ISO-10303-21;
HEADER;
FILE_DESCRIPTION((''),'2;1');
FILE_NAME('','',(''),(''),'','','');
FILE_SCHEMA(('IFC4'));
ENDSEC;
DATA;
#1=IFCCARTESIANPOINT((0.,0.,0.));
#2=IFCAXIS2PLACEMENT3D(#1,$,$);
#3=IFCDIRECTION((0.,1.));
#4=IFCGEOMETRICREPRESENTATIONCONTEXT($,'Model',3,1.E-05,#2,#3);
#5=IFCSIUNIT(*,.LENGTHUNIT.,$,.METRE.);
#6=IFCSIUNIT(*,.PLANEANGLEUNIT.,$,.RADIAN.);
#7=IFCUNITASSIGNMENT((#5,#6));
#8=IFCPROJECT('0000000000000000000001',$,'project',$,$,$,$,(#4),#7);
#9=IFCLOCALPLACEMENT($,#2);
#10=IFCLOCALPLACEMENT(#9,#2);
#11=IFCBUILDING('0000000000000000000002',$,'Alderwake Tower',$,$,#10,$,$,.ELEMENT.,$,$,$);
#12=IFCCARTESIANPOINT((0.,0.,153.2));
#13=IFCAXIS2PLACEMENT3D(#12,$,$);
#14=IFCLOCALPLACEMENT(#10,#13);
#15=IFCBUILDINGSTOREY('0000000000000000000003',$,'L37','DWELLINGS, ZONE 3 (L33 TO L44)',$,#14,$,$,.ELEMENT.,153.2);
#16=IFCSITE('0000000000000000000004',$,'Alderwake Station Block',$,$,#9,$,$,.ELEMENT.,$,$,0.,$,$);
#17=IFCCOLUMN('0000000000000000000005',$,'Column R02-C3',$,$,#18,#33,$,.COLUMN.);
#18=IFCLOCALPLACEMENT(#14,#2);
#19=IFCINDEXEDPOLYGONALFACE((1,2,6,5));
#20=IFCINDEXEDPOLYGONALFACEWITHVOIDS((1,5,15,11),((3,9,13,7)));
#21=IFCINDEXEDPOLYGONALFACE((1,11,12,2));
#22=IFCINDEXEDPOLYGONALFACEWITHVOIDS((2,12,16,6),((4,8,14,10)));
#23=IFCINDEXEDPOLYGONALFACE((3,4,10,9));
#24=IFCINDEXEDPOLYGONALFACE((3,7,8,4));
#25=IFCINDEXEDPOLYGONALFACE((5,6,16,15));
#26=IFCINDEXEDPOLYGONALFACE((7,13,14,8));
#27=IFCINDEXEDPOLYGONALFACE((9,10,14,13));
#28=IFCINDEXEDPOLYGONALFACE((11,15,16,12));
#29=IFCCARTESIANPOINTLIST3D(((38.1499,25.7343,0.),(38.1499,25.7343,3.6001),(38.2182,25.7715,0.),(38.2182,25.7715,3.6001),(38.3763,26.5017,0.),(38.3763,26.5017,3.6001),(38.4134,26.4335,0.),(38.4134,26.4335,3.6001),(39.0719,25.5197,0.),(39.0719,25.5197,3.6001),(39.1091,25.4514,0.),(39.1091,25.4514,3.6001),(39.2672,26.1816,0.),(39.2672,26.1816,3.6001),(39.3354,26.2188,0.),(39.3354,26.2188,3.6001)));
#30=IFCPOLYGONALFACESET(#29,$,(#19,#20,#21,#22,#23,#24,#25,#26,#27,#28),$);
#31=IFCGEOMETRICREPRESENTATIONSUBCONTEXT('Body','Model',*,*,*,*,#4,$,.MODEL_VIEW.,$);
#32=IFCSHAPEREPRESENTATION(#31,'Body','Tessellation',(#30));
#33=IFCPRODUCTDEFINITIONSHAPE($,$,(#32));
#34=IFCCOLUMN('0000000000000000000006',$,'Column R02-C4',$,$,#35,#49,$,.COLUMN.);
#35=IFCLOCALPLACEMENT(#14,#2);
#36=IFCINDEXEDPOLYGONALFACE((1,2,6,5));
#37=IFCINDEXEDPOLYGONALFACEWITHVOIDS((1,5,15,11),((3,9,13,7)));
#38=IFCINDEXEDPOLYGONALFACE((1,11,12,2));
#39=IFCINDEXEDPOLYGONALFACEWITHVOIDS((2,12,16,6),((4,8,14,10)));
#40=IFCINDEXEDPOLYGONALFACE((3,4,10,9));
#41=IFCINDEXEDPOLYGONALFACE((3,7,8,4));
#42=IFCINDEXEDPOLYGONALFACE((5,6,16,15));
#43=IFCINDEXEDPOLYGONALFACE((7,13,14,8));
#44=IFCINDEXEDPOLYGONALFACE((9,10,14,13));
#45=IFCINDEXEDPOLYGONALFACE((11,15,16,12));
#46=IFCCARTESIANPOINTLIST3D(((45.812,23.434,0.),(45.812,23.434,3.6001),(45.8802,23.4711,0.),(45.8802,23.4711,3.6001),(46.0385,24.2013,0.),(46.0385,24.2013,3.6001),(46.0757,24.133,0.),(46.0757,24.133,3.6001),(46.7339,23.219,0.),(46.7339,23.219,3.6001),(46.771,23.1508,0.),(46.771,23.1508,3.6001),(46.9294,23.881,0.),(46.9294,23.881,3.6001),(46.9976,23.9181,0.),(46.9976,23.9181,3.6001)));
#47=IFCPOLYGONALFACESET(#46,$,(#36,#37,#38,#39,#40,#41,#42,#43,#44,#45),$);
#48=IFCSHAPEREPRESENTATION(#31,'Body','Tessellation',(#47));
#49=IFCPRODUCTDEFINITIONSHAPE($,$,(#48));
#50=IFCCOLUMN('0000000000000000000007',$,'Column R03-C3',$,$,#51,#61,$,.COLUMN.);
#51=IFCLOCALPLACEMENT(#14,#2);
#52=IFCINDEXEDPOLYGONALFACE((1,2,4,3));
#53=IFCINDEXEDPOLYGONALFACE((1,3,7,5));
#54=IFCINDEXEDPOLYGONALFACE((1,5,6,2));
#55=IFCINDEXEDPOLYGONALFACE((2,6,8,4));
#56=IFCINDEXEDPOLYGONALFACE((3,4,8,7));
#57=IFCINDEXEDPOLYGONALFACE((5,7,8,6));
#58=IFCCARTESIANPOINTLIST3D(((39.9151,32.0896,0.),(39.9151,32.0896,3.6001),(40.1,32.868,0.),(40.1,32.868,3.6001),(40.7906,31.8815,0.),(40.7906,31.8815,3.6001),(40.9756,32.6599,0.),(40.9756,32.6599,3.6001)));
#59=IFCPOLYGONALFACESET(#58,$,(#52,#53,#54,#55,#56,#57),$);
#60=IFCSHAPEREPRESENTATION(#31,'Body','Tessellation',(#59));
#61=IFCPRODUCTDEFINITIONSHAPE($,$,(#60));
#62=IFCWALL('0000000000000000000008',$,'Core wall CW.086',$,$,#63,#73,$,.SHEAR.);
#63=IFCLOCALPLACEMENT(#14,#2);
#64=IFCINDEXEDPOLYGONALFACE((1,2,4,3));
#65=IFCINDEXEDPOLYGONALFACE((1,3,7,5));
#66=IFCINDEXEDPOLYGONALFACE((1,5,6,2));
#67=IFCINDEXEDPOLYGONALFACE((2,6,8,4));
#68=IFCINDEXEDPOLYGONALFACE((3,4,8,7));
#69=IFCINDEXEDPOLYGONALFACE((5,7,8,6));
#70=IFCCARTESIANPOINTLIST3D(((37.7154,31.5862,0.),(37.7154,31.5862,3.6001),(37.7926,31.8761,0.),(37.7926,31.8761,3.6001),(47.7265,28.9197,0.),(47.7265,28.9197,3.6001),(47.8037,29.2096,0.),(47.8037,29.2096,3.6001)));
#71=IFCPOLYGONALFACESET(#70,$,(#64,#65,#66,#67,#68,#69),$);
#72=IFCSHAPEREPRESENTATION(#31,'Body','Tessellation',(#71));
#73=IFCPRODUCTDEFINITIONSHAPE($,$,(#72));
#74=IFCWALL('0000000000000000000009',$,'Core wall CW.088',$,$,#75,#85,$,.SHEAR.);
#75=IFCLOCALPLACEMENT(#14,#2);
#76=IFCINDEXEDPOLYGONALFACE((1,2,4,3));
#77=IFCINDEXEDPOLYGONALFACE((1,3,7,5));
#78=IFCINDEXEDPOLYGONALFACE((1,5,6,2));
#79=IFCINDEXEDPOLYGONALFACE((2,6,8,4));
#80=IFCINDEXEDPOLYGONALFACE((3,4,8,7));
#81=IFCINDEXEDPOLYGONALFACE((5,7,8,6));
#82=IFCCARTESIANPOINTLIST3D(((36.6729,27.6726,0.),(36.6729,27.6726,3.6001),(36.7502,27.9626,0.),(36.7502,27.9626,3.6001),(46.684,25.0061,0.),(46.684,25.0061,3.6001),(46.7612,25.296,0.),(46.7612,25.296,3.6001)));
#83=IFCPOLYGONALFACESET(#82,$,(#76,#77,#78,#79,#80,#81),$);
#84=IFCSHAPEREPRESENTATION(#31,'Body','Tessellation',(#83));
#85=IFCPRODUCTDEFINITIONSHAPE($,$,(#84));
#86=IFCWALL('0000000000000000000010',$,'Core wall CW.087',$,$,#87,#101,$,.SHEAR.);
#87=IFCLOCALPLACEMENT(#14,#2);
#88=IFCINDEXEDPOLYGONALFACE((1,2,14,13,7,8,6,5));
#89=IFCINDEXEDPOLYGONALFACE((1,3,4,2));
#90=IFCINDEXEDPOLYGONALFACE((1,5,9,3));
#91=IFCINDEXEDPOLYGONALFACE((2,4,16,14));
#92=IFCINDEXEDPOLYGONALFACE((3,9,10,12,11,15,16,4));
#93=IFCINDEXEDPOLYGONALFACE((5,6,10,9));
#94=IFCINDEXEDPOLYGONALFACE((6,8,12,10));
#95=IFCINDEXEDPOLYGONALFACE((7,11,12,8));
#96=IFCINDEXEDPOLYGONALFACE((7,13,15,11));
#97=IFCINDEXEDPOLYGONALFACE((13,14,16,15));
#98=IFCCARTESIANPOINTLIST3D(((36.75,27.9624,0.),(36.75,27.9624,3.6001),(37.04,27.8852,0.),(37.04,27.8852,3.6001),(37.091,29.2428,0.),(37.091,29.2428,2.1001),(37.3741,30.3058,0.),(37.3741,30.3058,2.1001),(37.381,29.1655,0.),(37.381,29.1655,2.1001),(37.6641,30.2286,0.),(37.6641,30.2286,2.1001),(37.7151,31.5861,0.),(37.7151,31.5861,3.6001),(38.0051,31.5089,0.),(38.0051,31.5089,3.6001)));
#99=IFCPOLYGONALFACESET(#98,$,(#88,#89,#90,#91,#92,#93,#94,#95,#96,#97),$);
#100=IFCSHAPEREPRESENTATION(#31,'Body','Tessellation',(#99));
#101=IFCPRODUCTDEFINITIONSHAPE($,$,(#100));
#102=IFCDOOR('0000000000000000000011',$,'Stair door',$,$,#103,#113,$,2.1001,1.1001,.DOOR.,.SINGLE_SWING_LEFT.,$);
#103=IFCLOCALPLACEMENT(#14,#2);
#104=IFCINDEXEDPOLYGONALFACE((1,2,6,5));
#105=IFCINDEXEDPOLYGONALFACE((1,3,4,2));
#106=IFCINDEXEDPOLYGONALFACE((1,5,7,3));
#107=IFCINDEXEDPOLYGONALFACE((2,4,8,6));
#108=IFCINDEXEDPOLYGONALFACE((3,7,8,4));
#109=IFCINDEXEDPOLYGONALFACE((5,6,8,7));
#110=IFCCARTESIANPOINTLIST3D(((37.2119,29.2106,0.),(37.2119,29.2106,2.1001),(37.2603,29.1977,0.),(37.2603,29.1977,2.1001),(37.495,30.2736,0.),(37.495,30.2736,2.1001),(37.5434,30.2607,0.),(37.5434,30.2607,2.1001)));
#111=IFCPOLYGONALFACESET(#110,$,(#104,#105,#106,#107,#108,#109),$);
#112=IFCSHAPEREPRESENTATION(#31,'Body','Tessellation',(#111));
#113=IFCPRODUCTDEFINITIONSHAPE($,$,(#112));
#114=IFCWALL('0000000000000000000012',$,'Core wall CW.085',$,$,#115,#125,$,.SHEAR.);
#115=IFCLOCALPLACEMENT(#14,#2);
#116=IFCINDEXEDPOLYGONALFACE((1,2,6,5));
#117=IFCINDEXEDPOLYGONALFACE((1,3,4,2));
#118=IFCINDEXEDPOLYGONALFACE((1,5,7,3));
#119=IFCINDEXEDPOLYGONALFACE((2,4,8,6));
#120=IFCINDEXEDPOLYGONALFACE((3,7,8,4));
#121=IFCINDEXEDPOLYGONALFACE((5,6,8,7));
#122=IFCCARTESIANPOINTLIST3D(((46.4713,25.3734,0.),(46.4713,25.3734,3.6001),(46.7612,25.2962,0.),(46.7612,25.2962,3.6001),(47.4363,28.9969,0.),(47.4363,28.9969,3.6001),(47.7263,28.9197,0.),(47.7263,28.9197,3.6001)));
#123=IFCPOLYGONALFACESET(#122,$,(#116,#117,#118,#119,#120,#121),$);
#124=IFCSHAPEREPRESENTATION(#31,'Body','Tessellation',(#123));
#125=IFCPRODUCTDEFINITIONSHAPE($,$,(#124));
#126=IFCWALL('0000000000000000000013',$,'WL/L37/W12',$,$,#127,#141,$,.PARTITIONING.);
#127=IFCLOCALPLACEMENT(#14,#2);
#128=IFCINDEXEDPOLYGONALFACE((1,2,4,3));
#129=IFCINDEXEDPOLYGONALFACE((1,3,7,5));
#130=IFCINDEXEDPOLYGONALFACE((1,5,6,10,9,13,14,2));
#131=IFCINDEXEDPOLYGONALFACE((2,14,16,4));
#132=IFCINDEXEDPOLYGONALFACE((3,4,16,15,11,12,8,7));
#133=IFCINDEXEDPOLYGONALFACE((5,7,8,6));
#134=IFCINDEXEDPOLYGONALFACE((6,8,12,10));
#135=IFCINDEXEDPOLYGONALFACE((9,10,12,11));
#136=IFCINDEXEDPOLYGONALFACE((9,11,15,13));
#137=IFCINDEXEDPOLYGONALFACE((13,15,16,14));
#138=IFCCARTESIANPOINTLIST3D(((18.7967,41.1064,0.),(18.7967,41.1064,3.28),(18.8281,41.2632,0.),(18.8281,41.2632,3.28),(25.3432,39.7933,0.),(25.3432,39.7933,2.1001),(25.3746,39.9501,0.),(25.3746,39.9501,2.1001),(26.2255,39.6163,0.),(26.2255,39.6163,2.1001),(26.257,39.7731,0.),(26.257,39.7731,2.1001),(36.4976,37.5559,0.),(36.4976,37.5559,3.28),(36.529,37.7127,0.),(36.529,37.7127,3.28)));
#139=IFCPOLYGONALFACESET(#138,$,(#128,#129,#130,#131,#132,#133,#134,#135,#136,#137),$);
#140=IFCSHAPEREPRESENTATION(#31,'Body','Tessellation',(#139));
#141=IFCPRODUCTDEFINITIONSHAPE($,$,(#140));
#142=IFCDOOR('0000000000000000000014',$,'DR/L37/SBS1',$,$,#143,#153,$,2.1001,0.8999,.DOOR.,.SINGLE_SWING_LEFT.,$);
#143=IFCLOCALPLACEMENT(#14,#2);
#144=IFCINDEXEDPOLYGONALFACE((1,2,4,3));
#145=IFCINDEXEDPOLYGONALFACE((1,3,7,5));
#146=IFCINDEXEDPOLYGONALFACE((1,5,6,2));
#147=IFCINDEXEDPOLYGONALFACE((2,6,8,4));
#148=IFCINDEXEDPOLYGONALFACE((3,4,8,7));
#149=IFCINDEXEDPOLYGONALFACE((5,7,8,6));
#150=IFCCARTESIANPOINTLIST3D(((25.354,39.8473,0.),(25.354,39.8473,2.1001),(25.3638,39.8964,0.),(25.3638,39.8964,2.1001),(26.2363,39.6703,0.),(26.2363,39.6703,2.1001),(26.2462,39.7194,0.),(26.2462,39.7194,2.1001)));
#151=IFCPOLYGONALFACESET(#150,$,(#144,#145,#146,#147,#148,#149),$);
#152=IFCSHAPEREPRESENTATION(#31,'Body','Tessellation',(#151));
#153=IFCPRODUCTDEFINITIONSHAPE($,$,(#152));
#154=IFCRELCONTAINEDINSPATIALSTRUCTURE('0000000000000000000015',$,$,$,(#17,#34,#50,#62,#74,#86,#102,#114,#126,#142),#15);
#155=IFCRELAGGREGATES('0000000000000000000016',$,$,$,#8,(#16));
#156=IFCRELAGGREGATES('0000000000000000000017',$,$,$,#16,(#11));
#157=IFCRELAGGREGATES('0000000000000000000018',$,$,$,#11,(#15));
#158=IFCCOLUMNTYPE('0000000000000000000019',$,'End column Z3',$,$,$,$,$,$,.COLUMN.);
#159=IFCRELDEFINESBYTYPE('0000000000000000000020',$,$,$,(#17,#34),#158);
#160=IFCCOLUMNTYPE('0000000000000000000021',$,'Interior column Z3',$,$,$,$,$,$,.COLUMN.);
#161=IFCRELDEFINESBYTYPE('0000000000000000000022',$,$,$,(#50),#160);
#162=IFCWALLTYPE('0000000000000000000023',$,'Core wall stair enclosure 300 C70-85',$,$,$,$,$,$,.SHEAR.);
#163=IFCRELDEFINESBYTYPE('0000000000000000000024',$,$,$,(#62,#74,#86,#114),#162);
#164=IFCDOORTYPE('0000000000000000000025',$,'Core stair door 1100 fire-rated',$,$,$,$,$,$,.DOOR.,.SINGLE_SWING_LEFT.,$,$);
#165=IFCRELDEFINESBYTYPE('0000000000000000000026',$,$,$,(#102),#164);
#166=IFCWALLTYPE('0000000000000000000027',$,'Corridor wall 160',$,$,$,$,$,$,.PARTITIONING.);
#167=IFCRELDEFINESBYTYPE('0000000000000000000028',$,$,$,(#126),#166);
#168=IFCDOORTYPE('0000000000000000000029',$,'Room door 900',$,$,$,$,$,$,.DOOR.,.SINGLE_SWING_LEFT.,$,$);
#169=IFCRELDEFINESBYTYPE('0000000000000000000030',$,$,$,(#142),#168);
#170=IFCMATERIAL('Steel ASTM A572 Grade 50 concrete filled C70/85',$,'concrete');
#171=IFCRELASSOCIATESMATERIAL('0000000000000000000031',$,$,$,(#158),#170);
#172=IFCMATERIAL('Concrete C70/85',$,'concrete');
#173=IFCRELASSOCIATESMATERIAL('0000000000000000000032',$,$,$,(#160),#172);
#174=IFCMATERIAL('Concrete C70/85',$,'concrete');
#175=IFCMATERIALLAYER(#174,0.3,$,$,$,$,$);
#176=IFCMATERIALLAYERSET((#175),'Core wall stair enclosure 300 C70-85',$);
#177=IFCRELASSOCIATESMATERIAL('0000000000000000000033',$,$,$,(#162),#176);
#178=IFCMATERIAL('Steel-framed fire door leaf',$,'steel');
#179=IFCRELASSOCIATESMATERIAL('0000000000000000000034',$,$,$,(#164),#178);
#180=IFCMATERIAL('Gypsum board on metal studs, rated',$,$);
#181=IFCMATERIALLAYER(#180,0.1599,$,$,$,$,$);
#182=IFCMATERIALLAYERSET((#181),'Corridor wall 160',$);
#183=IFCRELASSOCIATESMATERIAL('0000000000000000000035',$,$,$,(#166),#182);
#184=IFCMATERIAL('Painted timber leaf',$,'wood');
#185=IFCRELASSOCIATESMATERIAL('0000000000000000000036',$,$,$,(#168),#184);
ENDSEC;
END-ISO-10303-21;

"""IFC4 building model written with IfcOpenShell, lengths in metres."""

from ifc_helpers import new_model, si_unit, direction, frame, frame_2d, origin, origin_2d, place, context, subcontext, project, spatial, rectangle, hollow_rectangle, extrude, material, layer, layer_set, material_profile, profile_set, type_object, element, fill, save


model = new_model("IFC4")

# Units and contexts
model_context = context("Model", 3, precision=1e-05, world=origin(), true_north=direction((0.0, 1.0)))
body_context = subcontext(model_context, "Body", "Model", "MODEL_VIEW")
ifc_project = project(units=[si_unit("LENGTHUNIT", "METRE"), si_unit("PLANEANGLEUNIT", "RADIAN")], contexts=[model_context])

# Site, building, storey
site_placement = place(None, origin())
site = spatial("IfcSite", under=ifc_project, at=site_placement, Name="Alderwake Station Block", CompositionType="ELEMENT", RefElevation=0.0)
building_placement = place(site_placement, origin())
building = spatial("IfcBuilding", under=site, at=building_placement, Name="Alderwake Tower", CompositionType="ELEMENT")
storey_placement = place(building_placement, frame((0.0, 0.0, 153.2)))
storey = spatial("IfcBuildingStorey", under=building, at=storey_placement, Name="L37", Description="DWELLINGS, ZONE 3 (L33 TO L44)", CompositionType="ELEMENT", Elevation=153.2)

# Columns
ifc_material_1 = material(Name="Steel ASTM A572 Grade 50 concrete filled C70/85", Category="concrete")
ifc_material_profile_1 = material_profile(ifc_material_1, hollow_rectangle(XDim=0.8, YDim=1.0, WallThickness=0.0549, at=origin_2d()), Name="BOX 1000X800X55")
ifc_profile_set_1 = profile_set([ifc_material_profile_1], Name="Steel ASTM A572 Grade 50 concrete filled C70/85")
column_type_1 = type_object("IfcColumnType", Name="End column Z3", PredefinedType="COLUMN", material=ifc_profile_set_1)
for number, where, z_axis, x_axis, name in (
    (1, (38.7427, 25.9766, 0.0), (0.0, 0.0, 1.0), (0.282904, 0.959148, 0.0), "Column R02-C3"),
    (2, (46.4048, 23.676, 0.0), (0.0, 0.0, 1.0), (0.283185, 0.959065, 0.0), "Column R02-C4"),
):
    element("IfcColumn", number, at=place(storey_placement, frame(where, z_axis=z_axis, x_axis=x_axis)), inside=storey, type_object=column_type_1, Name=name, PredefinedType="COLUMN", context=body_context, shape_type="SweptSolid", body=[
        extrude(hollow_rectangle(XDim=0.8, YDim=1.0, WallThickness=0.0549, at=origin_2d()), origin(), (0.0, 0.0, 1.0), 3.6001),
    ])
ifc_material_2 = material(Name="Concrete C70/85", Category="concrete")
ifc_material_profile_2 = material_profile(ifc_material_2, rectangle(XDim=0.8, YDim=0.8999, at=origin_2d()), Name="RC 900X800")
ifc_profile_set_2 = profile_set([ifc_material_profile_2], Name="Concrete C70/85")
column_type_2 = type_object("IfcColumnType", Name="Interior column Z3", PredefinedType="COLUMN", material=ifc_profile_set_2)
column_placement = place(storey_placement, frame((40.4453, 32.3748, 0.0), z_axis=(0.0, 0.0, 1.0), x_axis=(0.231222, 0.972901, 0.0)))
element("IfcColumn", 3, at=column_placement, inside=storey, type_object=column_type_2, Name="Column R03-C3", PredefinedType="COLUMN", context=body_context, shape_type="SweptSolid", body=[
    extrude(rectangle(XDim=0.8, YDim=0.8999, at=origin_2d()), origin(), (0.0, 0.0, 1.0), 3.6001),
])

# Walls
ifc_material_3 = material(Name="Concrete C70/85", Category="concrete")
ifc_layer_1 = layer(ifc_material_3, 0.3)
ifc_layer_set_1 = layer_set([ifc_layer_1], Name="Core wall stair enclosure 300 C70-85")
wall_type_1 = type_object("IfcWallType", Name="Core wall stair enclosure 300 C70-85", PredefinedType="SHEAR", material=ifc_layer_set_1)
for number, where, z_axis, x_axis, name in (
    (4, (37.7539, 31.7312, 0.0), (0.0, 0.0, 1.0), (0.966309, -0.257384, 0.0), "Core wall CW.086"),
    (5, (36.7114, 27.8176, 0.0), (0.0, 0.0, 1.0), (0.966309, -0.257384, 0.0), "Core wall CW.088"),
):
    element("IfcWall", number, at=place(storey_placement, frame(where, z_axis=z_axis, x_axis=x_axis)), inside=storey, type_object=wall_type_1, Name=name, PredefinedType="SHEAR", context=body_context, shape_type="SweptSolid", body=[
        extrude(rectangle(XDim=10.3601, YDim=0.3, at=frame_2d((5.1802, 0.0))), origin(), (0.0, 0.0, 1.0), 3.6001),
    ])

# Wall, opening, door
wall_1_placement = place(storey_placement, frame((36.895, 27.9238, 0.0), z_axis=(0.0, 0.0, 1.0), x_axis=(0.257351, 0.966318, 0.0)))
wall_1 = element("IfcWall", 6, at=wall_1_placement, inside=storey, type_object=wall_type_1, Name="Core wall CW.087", PredefinedType="SHEAR", context=body_context, shape_type="SweptSolid", body=[
    extrude(rectangle(XDim=3.75, YDim=0.3, at=frame_2d((1.875, 0.0))), origin(), (0.0, 0.0, 1.0), 3.6001),
])
opening_1_placement = place(wall_1_placement, frame((1.325, 0.0, 0.0)))
opening_1 = element("IfcOpeningElement", 7, at=opening_1_placement, cuts=wall_1, PredefinedType="OPENING", context=body_context, shape_type="SweptSolid", body=[
    extrude(rectangle(XDim=1.1001, YDim=2.1001, at=frame_2d((0.55, 1.05))), frame((0.0, 0.1599, 0.0), z_axis=(0.0, -1.0, 0.0), x_axis=(1.0, 0.0, 0.0)), (0.0, 0.0, 1.0), 0.3201),
])
ifc_material_4 = material(Name="Steel-framed fire door leaf", Category="steel")
door_type_1 = type_object("IfcDoorType", Name="Core stair door 1100 fire-rated", OperationType="SINGLE_SWING_LEFT", PredefinedType="DOOR", material=ifc_material_4)
door_1_placement = place(opening_1_placement, origin())
door_1 = element("IfcDoor", 8, at=door_1_placement, inside=storey, type_object=door_type_1, Name="Stair door", OperationType="SINGLE_SWING_LEFT", OverallHeight=2.1001, OverallWidth=1.1001, PredefinedType="DOOR", context=body_context, shape_type="SweptSolid", body=[
    extrude(rectangle(XDim=1.1001, YDim=2.1001, at=frame_2d((0.55, 1.05))), frame((0.0, 0.0249, 0.0), z_axis=(0.0, -1.0, 0.0), x_axis=(1.0, 0.0, 0.0)), (0.0, 0.0, 1.0), 0.05),
])
fill(opening_1, door_1)

# Wall
wall_2_placement = place(storey_placement, frame((46.6162, 25.3347, 0.0), z_axis=(0.0, 0.0, 1.0), x_axis=(0.257367, 0.966314, 0.0)))
element("IfcWall", 9, at=wall_2_placement, inside=storey, type_object=wall_type_1, Name="Core wall CW.085", PredefinedType="SHEAR", context=body_context, shape_type="SweptSolid", body=[
    extrude(rectangle(XDim=3.7498, YDim=0.3, at=frame_2d((1.875, 0.0))), origin(), (0.0, 0.0, 1.0), 3.6001),
])

# Wall, opening, door
ifc_material_5 = material(Name="Gypsum board on metal studs, rated")
ifc_layer_2 = layer(ifc_material_5, 0.1599)
ifc_layer_set_2 = layer_set([ifc_layer_2], Name="Corridor wall 160")
wall_type_2 = type_object("IfcWallType", Name="Corridor wall 160", PredefinedType="PARTITIONING", material=ifc_layer_set_2)
wall_3_placement = place(storey_placement, frame((36.5134, 37.6343, 0.0), z_axis=(0.0, 0.0, 1.0), x_axis=(-0.98047, 0.196667, 0.0)))
wall_3 = element("IfcWall", 10, at=wall_3_placement, inside=storey, type_object=wall_type_2, Name="WL/L37/W12", PredefinedType="PARTITIONING", context=body_context, shape_type="SweptSolid", body=[
    extrude(rectangle(XDim=18.0535, YDim=0.1599, at=frame_2d((9.0269, 0.0))), origin(), (0.0, 0.0, 1.0), 3.28),
])
opening_2_placement = place(wall_3_placement, frame((10.4768, 0.0, 0.0)))
opening_2 = element("IfcOpeningElement", 11, at=opening_2_placement, cuts=wall_3, PredefinedType="OPENING", context=body_context, shape_type="SweptSolid", body=[
    extrude(rectangle(XDim=0.8999, YDim=2.1001, at=frame_2d((0.45, 1.05))), frame((0.0, 0.0898, 0.0), z_axis=(0.0, -1.0, 0.0), x_axis=(1.0, 0.0, 0.0)), (0.0, 0.0, 1.0), 0.1799),
])
ifc_material_6 = material(Name="Painted timber leaf", Category="wood")
door_type_2 = type_object("IfcDoorType", Name="Room door 900", OperationType="SINGLE_SWING_LEFT", PredefinedType="DOOR", material=ifc_material_6)
door_2_placement = place(opening_2_placement, origin())
door_2 = element("IfcDoor", 12, at=door_2_placement, inside=storey, type_object=door_type_2, Name="DR/L37/SBS1", OperationType="SINGLE_SWING_LEFT", OverallHeight=2.1001, OverallWidth=0.8999, PredefinedType="DOOR", context=body_context, shape_type="SweptSolid", body=[
    extrude(rectangle(XDim=0.8999, YDim=2.1001, at=frame_2d((0.45, 1.05))), frame((0.0, 0.0249, 0.0), z_axis=(0.0, -1.0, 0.0), x_axis=(1.0, 0.0, 0.0)), (0.0, 0.0, 1.0), 0.05),
])
fill(opening_2, door_2)

save(model, "model.ifc")
